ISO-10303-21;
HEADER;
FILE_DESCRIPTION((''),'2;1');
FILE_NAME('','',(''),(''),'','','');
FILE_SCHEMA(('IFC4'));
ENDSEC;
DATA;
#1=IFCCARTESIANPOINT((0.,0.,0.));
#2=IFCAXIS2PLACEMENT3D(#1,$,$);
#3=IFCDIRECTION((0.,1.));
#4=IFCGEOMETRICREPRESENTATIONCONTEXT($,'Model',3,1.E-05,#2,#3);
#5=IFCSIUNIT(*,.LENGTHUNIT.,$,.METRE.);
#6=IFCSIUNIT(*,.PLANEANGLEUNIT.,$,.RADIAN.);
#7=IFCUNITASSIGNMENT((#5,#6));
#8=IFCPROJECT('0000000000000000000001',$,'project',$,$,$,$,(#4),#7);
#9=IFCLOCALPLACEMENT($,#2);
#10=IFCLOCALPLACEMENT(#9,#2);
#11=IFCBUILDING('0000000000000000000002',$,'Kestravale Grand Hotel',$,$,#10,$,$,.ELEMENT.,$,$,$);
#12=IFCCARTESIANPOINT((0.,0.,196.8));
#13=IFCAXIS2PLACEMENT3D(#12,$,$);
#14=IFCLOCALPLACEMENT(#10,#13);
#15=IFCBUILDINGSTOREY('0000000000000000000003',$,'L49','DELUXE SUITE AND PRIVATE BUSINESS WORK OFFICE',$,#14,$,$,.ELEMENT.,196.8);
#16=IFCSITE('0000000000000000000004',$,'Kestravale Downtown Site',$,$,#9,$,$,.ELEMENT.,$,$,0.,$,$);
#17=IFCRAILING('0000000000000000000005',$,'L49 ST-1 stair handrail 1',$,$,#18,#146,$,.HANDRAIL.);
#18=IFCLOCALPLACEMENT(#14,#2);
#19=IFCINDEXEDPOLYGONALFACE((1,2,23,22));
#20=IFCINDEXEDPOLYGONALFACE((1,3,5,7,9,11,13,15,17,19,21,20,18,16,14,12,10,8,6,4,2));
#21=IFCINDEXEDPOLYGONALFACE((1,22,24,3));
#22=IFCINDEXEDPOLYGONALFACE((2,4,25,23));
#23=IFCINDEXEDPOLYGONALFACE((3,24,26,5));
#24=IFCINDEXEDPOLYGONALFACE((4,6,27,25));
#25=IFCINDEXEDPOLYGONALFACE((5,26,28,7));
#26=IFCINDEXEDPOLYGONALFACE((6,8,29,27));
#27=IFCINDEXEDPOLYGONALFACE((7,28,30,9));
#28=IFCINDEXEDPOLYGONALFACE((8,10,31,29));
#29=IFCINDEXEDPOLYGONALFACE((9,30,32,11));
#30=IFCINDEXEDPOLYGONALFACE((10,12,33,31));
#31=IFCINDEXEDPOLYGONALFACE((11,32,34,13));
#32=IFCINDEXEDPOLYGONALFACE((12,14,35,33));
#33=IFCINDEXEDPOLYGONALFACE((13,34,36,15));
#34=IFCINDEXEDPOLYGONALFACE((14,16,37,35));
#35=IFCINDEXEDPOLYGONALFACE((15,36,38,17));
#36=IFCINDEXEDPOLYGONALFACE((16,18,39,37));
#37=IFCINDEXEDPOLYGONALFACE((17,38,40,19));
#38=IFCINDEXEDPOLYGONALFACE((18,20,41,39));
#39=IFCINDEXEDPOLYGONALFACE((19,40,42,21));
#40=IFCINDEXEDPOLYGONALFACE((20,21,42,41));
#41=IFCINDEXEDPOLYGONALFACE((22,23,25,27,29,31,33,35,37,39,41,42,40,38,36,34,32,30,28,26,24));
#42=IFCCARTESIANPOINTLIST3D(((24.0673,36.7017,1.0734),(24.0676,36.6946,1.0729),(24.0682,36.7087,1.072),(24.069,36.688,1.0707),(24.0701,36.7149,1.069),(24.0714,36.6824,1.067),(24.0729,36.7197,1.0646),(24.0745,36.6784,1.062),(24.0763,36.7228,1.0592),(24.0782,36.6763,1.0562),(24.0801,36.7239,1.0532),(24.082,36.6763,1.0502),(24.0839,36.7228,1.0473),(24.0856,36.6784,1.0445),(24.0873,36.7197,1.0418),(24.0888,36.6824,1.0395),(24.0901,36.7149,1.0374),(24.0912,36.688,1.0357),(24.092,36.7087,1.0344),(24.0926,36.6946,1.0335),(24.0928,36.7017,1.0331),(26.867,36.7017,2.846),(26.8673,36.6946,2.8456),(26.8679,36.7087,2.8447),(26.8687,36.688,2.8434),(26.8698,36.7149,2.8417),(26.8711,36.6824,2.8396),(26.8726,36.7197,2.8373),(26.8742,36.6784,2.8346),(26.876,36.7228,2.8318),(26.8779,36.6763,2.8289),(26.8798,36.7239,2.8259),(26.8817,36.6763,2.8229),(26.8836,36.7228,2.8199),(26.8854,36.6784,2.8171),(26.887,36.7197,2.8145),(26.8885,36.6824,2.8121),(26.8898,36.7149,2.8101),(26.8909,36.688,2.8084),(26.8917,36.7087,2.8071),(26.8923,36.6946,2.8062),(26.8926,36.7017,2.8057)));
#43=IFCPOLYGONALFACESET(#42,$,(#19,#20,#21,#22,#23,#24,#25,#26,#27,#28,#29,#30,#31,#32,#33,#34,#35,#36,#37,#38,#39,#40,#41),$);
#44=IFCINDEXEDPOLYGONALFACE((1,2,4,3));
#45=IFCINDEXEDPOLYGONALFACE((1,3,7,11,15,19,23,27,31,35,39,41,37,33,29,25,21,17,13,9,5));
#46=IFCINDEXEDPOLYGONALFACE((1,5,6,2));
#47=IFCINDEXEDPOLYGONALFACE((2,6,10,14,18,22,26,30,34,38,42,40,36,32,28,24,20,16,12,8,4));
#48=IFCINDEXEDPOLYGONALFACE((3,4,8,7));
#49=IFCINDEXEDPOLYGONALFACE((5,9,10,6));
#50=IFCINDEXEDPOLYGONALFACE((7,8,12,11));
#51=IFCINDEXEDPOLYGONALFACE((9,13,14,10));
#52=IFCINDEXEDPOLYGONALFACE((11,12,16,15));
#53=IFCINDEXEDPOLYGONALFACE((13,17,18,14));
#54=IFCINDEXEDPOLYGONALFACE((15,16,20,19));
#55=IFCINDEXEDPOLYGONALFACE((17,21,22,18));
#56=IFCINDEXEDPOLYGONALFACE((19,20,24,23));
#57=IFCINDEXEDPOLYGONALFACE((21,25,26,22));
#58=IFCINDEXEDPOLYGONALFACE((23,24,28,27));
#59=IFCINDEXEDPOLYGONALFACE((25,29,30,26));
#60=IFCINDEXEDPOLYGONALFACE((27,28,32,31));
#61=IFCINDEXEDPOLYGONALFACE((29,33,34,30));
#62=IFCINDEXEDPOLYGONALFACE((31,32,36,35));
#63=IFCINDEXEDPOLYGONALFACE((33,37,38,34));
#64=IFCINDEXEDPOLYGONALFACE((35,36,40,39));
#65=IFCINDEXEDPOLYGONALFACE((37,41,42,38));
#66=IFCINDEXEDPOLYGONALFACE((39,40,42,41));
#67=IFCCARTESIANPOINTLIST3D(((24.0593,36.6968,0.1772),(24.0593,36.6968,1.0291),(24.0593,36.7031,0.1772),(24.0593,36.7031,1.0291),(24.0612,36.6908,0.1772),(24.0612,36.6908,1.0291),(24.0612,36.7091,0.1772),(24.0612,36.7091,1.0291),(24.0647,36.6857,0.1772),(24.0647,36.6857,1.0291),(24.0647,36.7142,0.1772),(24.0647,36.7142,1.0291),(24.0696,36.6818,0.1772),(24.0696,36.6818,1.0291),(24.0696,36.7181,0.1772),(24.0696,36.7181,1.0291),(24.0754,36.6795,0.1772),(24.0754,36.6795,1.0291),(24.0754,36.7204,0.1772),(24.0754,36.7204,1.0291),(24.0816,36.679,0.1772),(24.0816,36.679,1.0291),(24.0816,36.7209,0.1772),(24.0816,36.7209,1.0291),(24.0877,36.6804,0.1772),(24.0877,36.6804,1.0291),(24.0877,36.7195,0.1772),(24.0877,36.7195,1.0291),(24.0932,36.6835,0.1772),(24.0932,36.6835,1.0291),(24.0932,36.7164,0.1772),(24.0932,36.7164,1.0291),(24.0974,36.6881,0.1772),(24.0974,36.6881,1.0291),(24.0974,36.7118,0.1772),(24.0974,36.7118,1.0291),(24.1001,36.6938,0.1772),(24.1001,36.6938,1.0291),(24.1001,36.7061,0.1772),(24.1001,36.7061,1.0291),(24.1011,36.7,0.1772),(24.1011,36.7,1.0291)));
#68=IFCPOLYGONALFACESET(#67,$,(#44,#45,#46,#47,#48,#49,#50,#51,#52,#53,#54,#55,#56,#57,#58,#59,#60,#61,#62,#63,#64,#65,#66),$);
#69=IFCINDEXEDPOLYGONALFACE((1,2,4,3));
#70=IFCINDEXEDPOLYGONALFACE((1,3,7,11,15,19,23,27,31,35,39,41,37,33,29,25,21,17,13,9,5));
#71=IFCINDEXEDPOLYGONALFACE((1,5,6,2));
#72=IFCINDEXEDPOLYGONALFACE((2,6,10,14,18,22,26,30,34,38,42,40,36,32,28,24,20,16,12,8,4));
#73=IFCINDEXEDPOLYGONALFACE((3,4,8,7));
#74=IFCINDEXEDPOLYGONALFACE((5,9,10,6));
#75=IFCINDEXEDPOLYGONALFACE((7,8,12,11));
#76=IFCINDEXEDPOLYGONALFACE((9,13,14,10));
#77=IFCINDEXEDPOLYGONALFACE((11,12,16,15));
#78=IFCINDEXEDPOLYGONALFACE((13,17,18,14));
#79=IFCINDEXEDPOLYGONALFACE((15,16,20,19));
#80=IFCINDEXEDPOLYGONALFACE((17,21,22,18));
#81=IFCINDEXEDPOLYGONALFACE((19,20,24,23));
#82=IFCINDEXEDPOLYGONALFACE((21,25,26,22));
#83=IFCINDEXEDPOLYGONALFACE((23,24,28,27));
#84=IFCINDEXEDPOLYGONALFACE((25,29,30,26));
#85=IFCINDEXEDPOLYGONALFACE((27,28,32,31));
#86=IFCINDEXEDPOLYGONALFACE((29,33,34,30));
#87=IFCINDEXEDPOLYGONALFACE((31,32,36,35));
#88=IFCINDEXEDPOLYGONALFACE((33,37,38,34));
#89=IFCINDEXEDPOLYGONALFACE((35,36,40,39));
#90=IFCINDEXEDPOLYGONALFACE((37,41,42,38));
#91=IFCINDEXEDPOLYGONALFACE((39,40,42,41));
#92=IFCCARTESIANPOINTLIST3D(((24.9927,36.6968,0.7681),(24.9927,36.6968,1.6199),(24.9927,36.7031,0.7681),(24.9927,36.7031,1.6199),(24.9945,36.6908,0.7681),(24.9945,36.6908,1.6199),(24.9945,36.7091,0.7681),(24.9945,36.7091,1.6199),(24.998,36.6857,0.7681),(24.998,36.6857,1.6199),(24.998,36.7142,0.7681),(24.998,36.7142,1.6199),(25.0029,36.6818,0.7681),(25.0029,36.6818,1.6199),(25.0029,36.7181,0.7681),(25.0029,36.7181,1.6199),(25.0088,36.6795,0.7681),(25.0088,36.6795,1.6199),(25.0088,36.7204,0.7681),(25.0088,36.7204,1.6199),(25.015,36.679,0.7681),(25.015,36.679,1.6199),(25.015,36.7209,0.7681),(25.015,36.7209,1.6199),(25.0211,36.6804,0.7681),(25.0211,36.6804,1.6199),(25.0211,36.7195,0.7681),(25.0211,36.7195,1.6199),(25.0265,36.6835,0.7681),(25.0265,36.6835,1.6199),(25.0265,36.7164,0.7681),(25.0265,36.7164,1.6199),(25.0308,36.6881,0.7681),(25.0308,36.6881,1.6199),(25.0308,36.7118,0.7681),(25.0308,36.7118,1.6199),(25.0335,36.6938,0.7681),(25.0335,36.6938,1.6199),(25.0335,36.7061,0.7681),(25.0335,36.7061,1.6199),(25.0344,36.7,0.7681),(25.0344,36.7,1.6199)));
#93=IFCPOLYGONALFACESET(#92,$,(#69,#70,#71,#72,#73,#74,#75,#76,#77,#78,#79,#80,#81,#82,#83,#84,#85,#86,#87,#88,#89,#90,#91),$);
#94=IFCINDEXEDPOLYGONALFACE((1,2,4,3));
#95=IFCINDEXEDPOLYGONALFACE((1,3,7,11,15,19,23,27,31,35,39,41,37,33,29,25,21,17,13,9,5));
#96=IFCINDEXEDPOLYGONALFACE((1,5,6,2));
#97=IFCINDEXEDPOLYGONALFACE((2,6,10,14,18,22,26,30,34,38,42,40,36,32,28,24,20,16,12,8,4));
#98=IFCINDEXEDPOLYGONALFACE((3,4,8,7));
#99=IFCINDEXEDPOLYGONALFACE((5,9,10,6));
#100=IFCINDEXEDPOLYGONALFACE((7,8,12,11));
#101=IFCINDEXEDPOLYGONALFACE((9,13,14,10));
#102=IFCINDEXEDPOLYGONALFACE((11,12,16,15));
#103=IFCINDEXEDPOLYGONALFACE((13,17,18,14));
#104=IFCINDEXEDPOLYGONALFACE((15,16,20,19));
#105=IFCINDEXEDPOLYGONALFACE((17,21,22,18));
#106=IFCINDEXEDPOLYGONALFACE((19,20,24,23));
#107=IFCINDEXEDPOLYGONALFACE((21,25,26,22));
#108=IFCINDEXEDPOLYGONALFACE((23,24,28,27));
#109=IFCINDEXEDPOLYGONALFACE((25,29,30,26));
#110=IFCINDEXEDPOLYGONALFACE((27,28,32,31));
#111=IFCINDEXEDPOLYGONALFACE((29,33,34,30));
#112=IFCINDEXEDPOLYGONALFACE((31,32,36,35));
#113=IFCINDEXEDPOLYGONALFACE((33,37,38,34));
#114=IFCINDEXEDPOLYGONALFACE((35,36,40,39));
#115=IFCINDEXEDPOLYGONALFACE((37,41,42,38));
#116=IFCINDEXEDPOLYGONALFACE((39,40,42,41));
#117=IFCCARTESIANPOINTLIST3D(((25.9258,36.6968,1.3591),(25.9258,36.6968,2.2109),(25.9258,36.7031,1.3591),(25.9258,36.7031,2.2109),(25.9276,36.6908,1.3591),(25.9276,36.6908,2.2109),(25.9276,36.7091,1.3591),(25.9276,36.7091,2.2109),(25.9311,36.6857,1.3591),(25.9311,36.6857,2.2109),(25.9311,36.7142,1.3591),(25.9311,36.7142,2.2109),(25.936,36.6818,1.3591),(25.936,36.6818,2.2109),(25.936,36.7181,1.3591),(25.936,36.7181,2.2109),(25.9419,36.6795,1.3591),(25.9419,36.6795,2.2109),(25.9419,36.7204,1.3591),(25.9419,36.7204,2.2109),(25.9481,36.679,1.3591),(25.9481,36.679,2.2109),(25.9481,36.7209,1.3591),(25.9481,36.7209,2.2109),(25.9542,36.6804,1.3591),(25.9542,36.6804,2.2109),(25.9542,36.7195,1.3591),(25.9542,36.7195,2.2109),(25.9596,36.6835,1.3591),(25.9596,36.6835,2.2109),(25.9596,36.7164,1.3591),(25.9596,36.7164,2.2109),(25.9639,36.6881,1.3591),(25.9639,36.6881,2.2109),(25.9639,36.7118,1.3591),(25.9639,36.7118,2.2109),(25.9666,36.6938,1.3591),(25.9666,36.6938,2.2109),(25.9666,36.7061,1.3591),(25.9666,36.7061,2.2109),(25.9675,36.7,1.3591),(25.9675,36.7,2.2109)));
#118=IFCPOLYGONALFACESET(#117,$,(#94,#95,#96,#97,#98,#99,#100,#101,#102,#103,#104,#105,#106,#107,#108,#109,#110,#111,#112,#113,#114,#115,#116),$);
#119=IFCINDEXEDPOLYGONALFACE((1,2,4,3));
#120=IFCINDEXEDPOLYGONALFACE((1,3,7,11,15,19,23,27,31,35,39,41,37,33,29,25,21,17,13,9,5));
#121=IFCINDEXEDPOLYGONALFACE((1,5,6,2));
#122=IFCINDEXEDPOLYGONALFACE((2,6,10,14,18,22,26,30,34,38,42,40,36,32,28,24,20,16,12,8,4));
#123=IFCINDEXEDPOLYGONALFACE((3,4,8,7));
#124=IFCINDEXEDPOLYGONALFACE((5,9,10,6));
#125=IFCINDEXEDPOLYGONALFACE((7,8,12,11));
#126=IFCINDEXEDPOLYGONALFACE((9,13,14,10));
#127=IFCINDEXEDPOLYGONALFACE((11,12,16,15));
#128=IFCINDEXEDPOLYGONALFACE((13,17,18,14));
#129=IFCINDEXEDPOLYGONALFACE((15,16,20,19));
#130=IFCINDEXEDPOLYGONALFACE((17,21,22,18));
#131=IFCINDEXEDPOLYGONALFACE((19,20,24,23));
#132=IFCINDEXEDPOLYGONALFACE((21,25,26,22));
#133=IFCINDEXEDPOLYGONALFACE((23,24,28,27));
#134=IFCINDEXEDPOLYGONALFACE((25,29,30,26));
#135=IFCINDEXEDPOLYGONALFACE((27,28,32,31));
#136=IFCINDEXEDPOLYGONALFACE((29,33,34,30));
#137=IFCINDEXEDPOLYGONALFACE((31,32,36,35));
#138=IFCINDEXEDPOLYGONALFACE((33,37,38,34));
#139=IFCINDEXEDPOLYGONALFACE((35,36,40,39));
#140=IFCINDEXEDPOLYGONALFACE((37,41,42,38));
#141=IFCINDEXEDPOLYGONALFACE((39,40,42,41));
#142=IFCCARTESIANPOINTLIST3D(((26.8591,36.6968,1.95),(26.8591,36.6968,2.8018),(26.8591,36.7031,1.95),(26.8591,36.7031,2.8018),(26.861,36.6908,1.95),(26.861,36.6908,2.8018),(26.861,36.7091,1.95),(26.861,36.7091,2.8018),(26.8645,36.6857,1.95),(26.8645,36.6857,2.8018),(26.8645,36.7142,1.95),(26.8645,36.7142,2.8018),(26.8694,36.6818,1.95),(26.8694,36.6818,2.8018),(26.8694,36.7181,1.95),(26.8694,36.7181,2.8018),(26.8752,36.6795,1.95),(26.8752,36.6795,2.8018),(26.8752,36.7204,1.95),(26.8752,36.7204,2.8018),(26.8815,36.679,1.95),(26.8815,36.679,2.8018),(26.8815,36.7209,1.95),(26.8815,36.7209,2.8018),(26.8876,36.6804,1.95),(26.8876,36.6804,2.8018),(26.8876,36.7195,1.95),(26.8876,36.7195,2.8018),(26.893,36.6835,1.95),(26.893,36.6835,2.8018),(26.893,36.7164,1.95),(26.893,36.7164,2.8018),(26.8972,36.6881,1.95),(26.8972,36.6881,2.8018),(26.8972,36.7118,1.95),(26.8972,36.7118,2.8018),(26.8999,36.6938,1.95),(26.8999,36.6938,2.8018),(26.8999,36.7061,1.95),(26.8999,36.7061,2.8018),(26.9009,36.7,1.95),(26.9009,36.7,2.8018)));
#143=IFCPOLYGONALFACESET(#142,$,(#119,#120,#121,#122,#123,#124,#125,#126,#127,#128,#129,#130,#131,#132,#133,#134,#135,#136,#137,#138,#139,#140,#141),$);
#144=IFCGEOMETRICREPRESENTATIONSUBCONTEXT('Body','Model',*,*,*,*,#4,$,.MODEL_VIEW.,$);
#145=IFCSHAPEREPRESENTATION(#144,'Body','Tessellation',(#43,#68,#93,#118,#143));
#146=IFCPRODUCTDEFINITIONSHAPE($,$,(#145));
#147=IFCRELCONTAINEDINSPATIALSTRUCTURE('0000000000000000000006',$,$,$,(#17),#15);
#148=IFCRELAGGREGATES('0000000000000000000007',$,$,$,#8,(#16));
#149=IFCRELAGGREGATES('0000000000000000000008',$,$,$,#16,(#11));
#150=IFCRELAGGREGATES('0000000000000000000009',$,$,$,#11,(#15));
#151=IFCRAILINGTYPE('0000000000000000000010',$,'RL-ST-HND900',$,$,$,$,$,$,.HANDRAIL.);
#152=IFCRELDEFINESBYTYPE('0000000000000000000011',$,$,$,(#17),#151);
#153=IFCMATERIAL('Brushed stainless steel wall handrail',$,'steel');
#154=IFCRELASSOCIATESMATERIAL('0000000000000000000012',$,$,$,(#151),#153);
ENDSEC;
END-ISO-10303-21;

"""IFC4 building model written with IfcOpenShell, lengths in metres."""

from ifc_helpers import new_model, si_unit, direction, frame, origin, origin_2d, place, context, subcontext, project, spatial, circle, extrude, material, type_object, element, save


model = new_model("IFC4")

# Units and contexts
model_context = context("Model", 3, precision=1e-05, world=origin(), true_north=direction((0.0, 1.0)))
body_context = subcontext(model_context, "Body", "Model", "MODEL_VIEW")
ifc_project = project(units=[si_unit("LENGTHUNIT", "METRE"), si_unit("PLANEANGLEUNIT", "RADIAN")], contexts=[model_context])

# Site, building, storey
site_placement = place(None, origin())
site = spatial("IfcSite", under=ifc_project, at=site_placement, Name="Kestravale Downtown Site", CompositionType="ELEMENT", RefElevation=0.0)
building_placement = place(site_placement, origin())
building = spatial("IfcBuilding", under=site, at=building_placement, Name="Kestravale Grand Hotel", CompositionType="ELEMENT")
storey_placement = place(building_placement, frame((0.0, 0.0, 196.8)))
storey = spatial("IfcBuildingStorey", under=building, at=storey_placement, Name="L49", Description="DELUXE SUITE AND PRIVATE BUSINESS WORK OFFICE", CompositionType="ELEMENT", Elevation=196.8)

# Railing
ifc_material_1 = material(Name="Brushed stainless steel wall handrail", Category="steel")
railing_type_1 = type_object("IfcRailingType", Name="RL-ST-HND900", PredefinedType="HANDRAIL", material=ifc_material_1)
railing_1_placement = place(storey_placement, frame((24.0801, 36.7, 0.1772)))
element("IfcRailing", 1, at=railing_1_placement, inside=storey, type_object=railing_type_1, Name="L49 ST-1 stair handrail 1", PredefinedType="HANDRAIL", context=body_context, shape_type="SweptSolid", body=[
    extrude(circle(Radius=0.0239, at=origin_2d()), frame((0.0, 0.0, 0.876), z_axis=(0.844888, 0.0, 0.534943), x_axis=(0.0, 1.0, 0.0)), (0.0, 0.0, 1.0), 3.3137),
    extrude(circle(Radius=0.021, at=origin_2d()), origin(), (0.0, 0.0, 1.0), 0.8518),
    extrude(circle(Radius=0.021, at=origin_2d()), frame((0.9333, 0.0, 0.5908)), (0.0, 0.0, 1.0), 0.8518),
    extrude(circle(Radius=0.021, at=origin_2d()), frame((1.8665, 0.0, 1.1819)), (0.0, 0.0, 1.0), 0.8518),
    extrude(circle(Radius=0.021, at=origin_2d()), frame((2.7998, 0.0, 1.7727)), (0.0, 0.0, 1.0), 0.8518),
])

save(model, "model.ifc")
